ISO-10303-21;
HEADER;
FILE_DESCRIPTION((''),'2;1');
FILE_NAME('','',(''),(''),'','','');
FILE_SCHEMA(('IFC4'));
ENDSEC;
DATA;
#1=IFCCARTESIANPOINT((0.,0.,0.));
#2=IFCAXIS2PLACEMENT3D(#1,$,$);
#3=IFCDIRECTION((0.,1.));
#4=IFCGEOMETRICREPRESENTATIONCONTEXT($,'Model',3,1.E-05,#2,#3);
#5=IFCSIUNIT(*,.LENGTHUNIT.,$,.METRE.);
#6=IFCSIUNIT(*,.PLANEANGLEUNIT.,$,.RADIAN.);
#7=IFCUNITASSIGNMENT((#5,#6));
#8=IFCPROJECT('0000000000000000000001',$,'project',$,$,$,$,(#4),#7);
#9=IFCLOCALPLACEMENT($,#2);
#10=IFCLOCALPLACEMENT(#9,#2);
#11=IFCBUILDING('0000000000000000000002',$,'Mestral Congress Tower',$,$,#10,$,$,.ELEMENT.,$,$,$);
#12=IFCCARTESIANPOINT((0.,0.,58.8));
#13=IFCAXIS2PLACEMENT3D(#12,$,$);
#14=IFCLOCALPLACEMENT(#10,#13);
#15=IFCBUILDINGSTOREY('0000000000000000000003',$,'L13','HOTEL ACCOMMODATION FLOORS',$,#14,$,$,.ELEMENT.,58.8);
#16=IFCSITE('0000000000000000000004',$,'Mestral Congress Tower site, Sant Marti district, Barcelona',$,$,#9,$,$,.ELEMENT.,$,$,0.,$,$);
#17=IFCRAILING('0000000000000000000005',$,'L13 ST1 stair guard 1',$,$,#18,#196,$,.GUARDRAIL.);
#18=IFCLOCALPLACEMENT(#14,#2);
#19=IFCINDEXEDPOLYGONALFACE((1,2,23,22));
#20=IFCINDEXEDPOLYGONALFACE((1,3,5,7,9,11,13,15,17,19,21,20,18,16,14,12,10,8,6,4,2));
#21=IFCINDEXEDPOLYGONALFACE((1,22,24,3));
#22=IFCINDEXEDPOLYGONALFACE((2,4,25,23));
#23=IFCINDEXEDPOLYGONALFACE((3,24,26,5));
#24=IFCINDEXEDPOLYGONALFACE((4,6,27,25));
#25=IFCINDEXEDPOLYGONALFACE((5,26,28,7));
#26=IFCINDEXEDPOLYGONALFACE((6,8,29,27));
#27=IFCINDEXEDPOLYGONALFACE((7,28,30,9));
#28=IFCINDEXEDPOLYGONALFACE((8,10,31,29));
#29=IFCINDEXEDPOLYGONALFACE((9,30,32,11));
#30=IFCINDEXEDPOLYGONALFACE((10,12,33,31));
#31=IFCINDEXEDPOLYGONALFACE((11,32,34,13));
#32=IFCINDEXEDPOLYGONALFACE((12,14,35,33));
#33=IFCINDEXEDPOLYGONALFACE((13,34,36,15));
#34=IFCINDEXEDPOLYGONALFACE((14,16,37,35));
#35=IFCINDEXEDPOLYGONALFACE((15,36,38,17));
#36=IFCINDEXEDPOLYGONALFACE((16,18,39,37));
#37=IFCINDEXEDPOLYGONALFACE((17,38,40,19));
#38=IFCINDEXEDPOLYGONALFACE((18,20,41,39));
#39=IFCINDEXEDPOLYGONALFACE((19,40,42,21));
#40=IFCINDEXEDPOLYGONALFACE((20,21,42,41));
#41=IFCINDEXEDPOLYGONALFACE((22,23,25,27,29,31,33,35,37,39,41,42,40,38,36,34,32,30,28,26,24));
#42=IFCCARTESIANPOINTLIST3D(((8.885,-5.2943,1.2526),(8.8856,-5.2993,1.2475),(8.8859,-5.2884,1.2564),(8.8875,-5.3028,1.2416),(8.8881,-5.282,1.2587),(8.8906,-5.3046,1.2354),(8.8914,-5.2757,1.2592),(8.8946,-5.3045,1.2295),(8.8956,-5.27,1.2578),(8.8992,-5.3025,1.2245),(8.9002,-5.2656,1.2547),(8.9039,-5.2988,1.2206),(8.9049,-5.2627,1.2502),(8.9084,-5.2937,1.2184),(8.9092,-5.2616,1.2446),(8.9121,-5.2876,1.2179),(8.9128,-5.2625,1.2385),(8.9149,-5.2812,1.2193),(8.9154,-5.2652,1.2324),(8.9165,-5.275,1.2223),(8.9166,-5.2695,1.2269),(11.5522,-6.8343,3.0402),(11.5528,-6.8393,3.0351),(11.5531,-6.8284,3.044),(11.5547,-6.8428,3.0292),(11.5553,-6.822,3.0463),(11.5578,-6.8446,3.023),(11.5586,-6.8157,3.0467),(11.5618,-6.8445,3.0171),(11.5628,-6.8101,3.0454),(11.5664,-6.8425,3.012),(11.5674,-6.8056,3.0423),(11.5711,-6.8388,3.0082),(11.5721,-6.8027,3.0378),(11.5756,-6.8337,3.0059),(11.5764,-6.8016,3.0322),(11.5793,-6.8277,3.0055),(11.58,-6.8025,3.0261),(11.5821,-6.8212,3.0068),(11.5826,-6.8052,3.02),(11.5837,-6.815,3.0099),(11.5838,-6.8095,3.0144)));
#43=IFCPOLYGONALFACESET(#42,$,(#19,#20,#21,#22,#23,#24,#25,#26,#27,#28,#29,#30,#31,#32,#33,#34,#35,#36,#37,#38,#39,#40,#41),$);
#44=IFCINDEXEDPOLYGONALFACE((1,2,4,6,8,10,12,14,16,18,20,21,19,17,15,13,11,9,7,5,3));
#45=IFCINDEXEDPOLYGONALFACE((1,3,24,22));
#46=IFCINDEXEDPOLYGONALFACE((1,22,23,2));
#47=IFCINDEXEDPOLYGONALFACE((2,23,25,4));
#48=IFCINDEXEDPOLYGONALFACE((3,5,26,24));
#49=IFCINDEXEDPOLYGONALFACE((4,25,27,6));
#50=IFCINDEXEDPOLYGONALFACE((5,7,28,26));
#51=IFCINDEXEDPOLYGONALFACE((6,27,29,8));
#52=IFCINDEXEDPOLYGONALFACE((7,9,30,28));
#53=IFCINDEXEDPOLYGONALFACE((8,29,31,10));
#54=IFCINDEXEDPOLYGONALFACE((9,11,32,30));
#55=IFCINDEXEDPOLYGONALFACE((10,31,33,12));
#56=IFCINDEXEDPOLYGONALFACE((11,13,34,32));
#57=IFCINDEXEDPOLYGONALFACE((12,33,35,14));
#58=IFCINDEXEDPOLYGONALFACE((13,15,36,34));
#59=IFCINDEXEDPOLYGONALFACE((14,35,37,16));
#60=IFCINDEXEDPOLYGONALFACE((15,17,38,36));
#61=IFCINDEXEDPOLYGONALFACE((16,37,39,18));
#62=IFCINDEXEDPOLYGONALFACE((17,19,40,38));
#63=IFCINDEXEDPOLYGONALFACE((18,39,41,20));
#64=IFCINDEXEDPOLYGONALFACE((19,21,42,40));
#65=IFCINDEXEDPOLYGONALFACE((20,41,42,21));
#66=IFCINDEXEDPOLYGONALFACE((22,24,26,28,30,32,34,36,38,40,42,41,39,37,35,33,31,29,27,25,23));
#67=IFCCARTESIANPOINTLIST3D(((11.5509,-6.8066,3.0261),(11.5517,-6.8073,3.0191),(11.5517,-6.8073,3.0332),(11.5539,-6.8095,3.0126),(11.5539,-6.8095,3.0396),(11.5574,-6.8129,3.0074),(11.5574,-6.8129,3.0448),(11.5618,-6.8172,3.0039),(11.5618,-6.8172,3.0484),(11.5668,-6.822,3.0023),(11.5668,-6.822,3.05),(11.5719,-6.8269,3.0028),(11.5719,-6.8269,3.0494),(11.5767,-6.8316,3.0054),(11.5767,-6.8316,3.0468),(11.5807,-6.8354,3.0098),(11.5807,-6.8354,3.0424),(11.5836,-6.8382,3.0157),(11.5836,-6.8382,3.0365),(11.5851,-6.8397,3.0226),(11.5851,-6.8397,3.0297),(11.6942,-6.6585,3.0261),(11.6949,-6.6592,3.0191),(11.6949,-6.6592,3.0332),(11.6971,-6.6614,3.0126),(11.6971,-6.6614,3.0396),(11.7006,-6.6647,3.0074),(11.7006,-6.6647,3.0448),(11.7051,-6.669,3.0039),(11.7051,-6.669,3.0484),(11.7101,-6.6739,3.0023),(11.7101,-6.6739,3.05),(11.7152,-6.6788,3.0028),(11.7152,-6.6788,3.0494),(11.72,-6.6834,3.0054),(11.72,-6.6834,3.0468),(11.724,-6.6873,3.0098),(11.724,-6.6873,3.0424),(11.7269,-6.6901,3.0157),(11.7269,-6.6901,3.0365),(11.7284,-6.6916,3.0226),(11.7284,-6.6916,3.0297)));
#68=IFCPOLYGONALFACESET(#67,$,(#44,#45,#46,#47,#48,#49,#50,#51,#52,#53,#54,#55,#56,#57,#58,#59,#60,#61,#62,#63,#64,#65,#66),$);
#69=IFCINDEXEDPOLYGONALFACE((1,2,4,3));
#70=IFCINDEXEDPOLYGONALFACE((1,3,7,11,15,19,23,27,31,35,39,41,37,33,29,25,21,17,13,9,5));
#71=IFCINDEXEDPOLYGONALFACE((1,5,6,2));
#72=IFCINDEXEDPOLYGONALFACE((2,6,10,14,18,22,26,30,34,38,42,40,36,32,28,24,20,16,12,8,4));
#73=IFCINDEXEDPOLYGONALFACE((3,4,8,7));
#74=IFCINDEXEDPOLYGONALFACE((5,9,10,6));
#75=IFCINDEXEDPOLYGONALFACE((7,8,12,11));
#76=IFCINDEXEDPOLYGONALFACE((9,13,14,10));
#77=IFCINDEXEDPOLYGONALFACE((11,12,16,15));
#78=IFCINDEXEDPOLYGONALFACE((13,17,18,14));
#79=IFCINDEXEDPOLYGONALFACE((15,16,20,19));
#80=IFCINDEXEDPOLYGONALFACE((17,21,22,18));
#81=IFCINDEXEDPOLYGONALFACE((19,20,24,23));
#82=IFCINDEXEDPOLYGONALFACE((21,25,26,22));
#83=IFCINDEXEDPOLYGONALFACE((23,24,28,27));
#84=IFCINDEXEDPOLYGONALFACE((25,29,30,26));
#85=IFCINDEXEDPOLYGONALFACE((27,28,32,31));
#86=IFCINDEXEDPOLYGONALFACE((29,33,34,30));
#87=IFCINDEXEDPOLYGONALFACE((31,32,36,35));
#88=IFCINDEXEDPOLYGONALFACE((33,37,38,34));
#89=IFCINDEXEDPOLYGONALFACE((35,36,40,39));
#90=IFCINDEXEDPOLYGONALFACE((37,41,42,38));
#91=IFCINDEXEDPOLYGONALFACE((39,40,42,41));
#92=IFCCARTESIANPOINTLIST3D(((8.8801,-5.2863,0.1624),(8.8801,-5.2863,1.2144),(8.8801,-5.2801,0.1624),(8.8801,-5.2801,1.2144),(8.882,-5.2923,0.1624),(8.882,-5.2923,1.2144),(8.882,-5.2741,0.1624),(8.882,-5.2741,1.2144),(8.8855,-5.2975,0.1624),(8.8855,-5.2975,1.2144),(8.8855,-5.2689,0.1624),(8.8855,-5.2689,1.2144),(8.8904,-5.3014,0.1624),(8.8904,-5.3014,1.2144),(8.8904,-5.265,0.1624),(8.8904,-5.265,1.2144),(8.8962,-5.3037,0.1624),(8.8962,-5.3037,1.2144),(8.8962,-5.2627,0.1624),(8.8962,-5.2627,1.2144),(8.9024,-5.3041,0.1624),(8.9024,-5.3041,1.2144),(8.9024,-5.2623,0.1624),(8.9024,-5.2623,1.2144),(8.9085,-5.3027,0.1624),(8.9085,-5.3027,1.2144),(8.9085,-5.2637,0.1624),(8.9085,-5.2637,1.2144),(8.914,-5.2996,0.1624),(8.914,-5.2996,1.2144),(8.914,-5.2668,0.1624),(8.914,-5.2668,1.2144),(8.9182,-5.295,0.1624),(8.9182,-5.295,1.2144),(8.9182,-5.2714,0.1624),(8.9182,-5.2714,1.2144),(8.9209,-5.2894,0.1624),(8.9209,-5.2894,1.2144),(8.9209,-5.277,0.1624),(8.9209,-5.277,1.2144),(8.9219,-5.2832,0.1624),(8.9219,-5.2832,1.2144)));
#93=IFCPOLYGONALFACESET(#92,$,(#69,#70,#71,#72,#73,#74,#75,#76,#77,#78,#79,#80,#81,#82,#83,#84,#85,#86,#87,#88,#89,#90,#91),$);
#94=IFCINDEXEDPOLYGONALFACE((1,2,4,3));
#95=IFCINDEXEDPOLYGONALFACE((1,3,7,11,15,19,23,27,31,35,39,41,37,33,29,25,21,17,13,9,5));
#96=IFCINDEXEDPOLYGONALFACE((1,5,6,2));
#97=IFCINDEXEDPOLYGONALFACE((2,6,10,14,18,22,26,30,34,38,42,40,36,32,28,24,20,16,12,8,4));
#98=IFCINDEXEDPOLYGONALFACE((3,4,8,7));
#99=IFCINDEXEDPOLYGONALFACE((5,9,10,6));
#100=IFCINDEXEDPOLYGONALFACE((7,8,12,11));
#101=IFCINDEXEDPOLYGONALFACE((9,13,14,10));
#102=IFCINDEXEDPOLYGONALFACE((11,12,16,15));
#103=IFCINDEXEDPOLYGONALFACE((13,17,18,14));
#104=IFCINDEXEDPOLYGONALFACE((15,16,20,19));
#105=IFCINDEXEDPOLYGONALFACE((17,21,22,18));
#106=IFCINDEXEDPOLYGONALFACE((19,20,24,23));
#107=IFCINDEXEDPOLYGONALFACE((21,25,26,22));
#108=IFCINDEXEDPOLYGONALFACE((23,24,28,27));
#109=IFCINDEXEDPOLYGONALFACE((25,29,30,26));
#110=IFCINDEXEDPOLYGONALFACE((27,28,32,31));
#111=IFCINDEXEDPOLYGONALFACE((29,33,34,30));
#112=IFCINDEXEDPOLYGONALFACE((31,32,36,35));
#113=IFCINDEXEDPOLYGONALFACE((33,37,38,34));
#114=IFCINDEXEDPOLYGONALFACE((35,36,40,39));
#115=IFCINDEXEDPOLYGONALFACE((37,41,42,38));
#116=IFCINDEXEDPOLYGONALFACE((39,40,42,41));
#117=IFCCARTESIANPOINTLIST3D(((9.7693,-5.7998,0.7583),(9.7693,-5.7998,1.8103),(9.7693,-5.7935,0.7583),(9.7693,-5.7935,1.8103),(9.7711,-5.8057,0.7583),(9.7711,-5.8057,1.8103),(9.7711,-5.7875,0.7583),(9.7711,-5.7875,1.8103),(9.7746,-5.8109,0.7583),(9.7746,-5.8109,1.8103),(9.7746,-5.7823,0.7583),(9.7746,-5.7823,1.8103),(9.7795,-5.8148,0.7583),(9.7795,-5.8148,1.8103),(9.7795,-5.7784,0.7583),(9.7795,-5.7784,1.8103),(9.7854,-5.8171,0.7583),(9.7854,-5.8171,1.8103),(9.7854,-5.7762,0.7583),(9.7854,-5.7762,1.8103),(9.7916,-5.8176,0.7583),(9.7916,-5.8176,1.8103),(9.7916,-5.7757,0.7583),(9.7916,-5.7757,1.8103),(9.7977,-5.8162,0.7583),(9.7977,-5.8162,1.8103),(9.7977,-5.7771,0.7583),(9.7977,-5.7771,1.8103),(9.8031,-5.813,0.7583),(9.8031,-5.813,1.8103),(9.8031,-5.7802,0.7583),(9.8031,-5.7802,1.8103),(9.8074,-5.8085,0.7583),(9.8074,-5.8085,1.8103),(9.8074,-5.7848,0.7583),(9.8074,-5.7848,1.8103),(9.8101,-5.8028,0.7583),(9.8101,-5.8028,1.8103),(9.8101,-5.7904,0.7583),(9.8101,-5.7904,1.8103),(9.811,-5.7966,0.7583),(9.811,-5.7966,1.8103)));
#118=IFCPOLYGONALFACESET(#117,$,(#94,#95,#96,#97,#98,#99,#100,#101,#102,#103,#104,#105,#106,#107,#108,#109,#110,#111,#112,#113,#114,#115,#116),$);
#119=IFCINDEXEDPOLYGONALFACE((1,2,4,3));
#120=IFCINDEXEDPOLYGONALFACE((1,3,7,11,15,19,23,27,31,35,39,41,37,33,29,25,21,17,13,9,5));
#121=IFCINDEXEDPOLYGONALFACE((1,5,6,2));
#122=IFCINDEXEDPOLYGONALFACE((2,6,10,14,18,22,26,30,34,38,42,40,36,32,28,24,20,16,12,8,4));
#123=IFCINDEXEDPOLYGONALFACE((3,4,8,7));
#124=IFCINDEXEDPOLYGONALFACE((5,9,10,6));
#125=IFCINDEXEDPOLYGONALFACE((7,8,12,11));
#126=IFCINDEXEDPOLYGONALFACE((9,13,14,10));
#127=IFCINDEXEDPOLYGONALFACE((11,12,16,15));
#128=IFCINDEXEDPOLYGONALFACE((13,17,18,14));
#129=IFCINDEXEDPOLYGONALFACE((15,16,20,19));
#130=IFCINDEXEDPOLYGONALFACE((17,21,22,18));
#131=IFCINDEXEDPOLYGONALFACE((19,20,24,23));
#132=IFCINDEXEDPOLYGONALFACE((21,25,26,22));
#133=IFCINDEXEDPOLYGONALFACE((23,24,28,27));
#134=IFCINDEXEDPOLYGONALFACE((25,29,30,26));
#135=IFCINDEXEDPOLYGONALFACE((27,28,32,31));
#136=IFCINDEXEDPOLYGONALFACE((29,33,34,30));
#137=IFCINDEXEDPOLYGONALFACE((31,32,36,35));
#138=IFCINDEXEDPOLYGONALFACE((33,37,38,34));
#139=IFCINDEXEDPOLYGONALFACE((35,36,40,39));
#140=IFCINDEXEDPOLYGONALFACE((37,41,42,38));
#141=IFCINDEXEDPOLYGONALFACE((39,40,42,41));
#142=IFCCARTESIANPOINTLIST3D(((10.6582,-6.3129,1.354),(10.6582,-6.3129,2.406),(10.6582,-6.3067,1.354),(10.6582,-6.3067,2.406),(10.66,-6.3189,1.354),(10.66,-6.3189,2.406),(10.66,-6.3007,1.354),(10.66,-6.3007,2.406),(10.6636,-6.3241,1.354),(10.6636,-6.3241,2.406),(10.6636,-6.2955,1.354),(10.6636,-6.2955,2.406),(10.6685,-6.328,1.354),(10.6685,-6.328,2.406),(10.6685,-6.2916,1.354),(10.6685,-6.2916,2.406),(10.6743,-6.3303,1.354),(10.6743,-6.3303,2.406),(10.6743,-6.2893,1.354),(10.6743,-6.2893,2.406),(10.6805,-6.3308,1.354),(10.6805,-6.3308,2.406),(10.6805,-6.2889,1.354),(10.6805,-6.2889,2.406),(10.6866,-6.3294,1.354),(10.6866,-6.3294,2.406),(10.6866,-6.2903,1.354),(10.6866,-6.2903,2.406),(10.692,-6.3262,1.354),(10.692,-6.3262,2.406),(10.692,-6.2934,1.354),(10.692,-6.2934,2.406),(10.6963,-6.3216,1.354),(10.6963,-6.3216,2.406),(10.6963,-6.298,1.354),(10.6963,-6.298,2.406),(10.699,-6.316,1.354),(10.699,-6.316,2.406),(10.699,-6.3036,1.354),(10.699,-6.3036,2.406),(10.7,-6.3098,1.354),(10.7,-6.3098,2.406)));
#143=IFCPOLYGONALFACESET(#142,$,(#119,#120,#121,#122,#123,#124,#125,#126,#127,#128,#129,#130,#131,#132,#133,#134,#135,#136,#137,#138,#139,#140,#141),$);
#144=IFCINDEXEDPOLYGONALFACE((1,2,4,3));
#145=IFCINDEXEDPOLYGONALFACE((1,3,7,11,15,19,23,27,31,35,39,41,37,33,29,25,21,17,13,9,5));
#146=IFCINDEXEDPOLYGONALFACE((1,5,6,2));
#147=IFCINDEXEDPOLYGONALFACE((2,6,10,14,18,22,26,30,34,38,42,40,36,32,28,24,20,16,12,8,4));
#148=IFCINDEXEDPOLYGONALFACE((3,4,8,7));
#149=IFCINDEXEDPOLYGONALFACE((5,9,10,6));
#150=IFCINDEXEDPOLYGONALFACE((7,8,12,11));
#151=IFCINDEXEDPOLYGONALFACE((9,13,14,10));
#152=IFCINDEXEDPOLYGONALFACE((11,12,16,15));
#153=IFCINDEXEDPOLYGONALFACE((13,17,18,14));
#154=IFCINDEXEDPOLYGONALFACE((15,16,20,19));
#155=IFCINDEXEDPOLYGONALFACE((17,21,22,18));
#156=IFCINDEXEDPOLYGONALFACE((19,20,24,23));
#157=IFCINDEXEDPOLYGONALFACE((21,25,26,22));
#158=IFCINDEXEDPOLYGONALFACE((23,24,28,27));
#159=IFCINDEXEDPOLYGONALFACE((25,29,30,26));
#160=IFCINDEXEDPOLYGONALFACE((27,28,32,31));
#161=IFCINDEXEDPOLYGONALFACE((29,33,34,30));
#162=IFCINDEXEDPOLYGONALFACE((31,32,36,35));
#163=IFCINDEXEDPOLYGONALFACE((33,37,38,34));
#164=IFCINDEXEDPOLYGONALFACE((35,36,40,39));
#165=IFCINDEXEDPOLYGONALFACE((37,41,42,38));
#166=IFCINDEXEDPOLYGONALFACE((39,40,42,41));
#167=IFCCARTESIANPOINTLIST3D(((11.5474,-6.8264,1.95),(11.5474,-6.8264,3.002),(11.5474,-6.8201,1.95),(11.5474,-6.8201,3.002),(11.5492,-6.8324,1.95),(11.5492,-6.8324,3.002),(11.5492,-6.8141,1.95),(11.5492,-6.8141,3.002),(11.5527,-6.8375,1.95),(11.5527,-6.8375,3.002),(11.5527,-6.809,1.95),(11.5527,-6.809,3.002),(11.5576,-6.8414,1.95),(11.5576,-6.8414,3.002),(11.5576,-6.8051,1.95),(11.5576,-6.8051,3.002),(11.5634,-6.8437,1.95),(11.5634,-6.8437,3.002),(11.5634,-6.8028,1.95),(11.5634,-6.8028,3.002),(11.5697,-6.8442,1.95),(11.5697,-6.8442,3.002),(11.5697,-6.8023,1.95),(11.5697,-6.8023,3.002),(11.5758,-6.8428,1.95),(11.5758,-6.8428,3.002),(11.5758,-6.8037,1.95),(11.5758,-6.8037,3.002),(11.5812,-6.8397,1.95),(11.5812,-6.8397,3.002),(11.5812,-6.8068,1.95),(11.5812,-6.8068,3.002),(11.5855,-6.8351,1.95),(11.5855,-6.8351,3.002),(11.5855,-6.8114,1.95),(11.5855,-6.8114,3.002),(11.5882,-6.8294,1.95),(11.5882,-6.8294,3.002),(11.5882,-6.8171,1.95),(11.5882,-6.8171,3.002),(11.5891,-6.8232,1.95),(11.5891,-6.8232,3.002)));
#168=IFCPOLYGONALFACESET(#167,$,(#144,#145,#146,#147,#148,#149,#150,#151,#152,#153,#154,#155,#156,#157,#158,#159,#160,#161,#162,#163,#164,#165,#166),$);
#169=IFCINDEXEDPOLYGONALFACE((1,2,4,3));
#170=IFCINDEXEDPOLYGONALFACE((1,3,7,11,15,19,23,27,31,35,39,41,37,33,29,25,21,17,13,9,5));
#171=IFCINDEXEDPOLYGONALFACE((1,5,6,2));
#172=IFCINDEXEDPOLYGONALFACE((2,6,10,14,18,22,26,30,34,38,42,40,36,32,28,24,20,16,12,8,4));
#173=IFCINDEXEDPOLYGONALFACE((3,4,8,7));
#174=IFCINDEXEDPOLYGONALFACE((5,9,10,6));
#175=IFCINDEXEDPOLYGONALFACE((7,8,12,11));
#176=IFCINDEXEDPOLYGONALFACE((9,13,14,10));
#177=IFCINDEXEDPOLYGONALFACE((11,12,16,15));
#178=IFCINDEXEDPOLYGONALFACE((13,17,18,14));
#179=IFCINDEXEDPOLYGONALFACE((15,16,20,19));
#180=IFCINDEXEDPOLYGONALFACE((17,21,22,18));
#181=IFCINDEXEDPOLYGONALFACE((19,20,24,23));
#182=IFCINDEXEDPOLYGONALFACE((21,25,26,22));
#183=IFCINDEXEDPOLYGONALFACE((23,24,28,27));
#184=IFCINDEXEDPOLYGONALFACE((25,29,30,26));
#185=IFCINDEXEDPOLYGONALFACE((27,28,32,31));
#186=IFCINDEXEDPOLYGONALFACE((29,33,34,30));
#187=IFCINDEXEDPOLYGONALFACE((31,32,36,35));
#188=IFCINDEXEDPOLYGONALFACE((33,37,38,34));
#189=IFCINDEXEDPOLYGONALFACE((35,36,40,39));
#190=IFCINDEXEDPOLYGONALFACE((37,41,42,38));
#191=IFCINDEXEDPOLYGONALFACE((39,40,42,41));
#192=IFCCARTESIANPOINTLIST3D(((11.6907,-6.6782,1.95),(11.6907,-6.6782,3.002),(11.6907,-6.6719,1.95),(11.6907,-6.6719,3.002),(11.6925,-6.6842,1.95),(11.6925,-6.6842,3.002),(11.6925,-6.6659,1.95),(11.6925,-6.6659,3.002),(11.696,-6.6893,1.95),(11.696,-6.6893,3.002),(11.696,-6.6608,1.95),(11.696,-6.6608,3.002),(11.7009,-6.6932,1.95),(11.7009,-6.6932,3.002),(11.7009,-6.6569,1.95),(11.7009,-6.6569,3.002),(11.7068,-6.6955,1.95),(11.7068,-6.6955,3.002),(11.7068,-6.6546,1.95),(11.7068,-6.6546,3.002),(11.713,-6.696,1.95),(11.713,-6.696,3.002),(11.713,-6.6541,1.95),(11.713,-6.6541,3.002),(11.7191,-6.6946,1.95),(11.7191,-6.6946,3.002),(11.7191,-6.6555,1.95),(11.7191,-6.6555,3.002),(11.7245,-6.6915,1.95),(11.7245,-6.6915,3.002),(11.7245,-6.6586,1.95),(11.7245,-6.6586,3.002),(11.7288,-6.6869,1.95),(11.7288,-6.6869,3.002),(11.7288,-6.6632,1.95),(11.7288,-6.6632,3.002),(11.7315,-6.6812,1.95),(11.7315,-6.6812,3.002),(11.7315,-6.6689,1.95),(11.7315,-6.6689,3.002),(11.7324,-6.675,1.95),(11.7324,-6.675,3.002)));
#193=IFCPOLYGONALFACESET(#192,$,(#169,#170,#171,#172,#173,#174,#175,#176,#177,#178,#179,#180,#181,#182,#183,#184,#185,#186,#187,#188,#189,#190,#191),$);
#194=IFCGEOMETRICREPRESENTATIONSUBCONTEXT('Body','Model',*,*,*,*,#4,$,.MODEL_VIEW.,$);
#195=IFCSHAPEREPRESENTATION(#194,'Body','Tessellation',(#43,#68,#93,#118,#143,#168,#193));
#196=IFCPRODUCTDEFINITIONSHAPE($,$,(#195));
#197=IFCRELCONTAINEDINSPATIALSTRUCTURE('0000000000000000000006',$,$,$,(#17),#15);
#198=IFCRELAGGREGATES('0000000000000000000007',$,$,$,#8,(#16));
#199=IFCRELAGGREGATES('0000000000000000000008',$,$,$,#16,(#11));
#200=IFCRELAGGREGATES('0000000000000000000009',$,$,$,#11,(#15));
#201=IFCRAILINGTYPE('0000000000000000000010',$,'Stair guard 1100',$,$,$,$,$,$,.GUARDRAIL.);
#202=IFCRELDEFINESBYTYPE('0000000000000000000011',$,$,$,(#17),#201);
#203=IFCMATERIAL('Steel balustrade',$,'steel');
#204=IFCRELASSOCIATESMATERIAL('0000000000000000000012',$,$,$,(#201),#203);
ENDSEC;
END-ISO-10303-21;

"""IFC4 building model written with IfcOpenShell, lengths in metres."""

from ifc_helpers import new_model, si_unit, direction, frame, origin, origin_2d, place, context, subcontext, project, spatial, circle, extrude, material, type_object, element, save


model = new_model("IFC4")

# Units and contexts
model_context = context("Model", 3, precision=1e-05, world=origin(), true_north=direction((0.0, 1.0)))
body_context = subcontext(model_context, "Body", "Model", "MODEL_VIEW")
ifc_project = project(units=[si_unit("LENGTHUNIT", "METRE"), si_unit("PLANEANGLEUNIT", "RADIAN")], contexts=[model_context])

# Site, building, storey
site_placement = place(None, origin())
site = spatial("IfcSite", under=ifc_project, at=site_placement, Name="Mestral Congress Tower site, Sant Marti district, Barcelona", CompositionType="ELEMENT", RefElevation=0.0)
building_placement = place(site_placement, origin())
building = spatial("IfcBuilding", under=site, at=building_placement, Name="Mestral Congress Tower", CompositionType="ELEMENT")
storey_placement = place(building_placement, frame((0.0, 0.0, 58.8)))
storey = spatial("IfcBuildingStorey", under=building, at=storey_placement, Name="L13", Description="HOTEL ACCOMMODATION FLOORS", CompositionType="ELEMENT", Elevation=58.8)

# Railing
ifc_material_1 = material(Name="Steel balustrade", Category="steel")
railing_type_1 = type_object("IfcRailingType", Name="Stair guard 1100", PredefinedType="GUARDRAIL", material=ifc_material_1)
railing_1_placement = place(storey_placement, frame((8.9009, -5.2832, 0.1624)))
element("IfcRailing", 1, at=railing_1_placement, inside=storey, type_object=railing_type_1, Name="L13 ST1 stair guard 1", PredefinedType="GUARDRAIL", context=body_context, shape_type="SweptSolid", body=[
    extrude(circle(Radius=0.0239, at=origin_2d()), frame((0.0, 0.0, 1.0762), z_axis=(0.748994, -0.432463, 0.50198), x_axis=(0.500027, 0.86601, 0.0)), (0.0, 0.0, 1.0), 3.561),
    extrude(circle(Radius=0.0239, at=origin_2d()), frame((2.6672, -1.54, 2.8638), z_axis=(0.695165, 0.71885, 0.0), x_axis=(-0.71885, 0.695165, 0.0)), (0.0, 0.0, 1.0), 0.2061),
    extrude(circle(Radius=0.021, at=origin_2d()), origin(), (0.0, 0.0, 1.0), 1.052),
    extrude(circle(Radius=0.021, at=origin_2d()), frame((0.8892, -0.5134, 0.5959)), (0.0, 0.0, 1.0), 1.052),
    extrude(circle(Radius=0.021, at=origin_2d()), frame((1.7781, -1.0266, 1.1917)), (0.0, 0.0, 1.0), 1.052),
    extrude(circle(Radius=0.021, at=origin_2d()), frame((2.6672, -1.54, 1.7876)), (0.0, 0.0, 1.0), 1.052),
    extrude(circle(Radius=0.021, at=origin_2d()), frame((2.8105, -1.3918, 1.7876)), (0.0, 0.0, 1.0), 1.052),
])

save(model, "model.ifc")
